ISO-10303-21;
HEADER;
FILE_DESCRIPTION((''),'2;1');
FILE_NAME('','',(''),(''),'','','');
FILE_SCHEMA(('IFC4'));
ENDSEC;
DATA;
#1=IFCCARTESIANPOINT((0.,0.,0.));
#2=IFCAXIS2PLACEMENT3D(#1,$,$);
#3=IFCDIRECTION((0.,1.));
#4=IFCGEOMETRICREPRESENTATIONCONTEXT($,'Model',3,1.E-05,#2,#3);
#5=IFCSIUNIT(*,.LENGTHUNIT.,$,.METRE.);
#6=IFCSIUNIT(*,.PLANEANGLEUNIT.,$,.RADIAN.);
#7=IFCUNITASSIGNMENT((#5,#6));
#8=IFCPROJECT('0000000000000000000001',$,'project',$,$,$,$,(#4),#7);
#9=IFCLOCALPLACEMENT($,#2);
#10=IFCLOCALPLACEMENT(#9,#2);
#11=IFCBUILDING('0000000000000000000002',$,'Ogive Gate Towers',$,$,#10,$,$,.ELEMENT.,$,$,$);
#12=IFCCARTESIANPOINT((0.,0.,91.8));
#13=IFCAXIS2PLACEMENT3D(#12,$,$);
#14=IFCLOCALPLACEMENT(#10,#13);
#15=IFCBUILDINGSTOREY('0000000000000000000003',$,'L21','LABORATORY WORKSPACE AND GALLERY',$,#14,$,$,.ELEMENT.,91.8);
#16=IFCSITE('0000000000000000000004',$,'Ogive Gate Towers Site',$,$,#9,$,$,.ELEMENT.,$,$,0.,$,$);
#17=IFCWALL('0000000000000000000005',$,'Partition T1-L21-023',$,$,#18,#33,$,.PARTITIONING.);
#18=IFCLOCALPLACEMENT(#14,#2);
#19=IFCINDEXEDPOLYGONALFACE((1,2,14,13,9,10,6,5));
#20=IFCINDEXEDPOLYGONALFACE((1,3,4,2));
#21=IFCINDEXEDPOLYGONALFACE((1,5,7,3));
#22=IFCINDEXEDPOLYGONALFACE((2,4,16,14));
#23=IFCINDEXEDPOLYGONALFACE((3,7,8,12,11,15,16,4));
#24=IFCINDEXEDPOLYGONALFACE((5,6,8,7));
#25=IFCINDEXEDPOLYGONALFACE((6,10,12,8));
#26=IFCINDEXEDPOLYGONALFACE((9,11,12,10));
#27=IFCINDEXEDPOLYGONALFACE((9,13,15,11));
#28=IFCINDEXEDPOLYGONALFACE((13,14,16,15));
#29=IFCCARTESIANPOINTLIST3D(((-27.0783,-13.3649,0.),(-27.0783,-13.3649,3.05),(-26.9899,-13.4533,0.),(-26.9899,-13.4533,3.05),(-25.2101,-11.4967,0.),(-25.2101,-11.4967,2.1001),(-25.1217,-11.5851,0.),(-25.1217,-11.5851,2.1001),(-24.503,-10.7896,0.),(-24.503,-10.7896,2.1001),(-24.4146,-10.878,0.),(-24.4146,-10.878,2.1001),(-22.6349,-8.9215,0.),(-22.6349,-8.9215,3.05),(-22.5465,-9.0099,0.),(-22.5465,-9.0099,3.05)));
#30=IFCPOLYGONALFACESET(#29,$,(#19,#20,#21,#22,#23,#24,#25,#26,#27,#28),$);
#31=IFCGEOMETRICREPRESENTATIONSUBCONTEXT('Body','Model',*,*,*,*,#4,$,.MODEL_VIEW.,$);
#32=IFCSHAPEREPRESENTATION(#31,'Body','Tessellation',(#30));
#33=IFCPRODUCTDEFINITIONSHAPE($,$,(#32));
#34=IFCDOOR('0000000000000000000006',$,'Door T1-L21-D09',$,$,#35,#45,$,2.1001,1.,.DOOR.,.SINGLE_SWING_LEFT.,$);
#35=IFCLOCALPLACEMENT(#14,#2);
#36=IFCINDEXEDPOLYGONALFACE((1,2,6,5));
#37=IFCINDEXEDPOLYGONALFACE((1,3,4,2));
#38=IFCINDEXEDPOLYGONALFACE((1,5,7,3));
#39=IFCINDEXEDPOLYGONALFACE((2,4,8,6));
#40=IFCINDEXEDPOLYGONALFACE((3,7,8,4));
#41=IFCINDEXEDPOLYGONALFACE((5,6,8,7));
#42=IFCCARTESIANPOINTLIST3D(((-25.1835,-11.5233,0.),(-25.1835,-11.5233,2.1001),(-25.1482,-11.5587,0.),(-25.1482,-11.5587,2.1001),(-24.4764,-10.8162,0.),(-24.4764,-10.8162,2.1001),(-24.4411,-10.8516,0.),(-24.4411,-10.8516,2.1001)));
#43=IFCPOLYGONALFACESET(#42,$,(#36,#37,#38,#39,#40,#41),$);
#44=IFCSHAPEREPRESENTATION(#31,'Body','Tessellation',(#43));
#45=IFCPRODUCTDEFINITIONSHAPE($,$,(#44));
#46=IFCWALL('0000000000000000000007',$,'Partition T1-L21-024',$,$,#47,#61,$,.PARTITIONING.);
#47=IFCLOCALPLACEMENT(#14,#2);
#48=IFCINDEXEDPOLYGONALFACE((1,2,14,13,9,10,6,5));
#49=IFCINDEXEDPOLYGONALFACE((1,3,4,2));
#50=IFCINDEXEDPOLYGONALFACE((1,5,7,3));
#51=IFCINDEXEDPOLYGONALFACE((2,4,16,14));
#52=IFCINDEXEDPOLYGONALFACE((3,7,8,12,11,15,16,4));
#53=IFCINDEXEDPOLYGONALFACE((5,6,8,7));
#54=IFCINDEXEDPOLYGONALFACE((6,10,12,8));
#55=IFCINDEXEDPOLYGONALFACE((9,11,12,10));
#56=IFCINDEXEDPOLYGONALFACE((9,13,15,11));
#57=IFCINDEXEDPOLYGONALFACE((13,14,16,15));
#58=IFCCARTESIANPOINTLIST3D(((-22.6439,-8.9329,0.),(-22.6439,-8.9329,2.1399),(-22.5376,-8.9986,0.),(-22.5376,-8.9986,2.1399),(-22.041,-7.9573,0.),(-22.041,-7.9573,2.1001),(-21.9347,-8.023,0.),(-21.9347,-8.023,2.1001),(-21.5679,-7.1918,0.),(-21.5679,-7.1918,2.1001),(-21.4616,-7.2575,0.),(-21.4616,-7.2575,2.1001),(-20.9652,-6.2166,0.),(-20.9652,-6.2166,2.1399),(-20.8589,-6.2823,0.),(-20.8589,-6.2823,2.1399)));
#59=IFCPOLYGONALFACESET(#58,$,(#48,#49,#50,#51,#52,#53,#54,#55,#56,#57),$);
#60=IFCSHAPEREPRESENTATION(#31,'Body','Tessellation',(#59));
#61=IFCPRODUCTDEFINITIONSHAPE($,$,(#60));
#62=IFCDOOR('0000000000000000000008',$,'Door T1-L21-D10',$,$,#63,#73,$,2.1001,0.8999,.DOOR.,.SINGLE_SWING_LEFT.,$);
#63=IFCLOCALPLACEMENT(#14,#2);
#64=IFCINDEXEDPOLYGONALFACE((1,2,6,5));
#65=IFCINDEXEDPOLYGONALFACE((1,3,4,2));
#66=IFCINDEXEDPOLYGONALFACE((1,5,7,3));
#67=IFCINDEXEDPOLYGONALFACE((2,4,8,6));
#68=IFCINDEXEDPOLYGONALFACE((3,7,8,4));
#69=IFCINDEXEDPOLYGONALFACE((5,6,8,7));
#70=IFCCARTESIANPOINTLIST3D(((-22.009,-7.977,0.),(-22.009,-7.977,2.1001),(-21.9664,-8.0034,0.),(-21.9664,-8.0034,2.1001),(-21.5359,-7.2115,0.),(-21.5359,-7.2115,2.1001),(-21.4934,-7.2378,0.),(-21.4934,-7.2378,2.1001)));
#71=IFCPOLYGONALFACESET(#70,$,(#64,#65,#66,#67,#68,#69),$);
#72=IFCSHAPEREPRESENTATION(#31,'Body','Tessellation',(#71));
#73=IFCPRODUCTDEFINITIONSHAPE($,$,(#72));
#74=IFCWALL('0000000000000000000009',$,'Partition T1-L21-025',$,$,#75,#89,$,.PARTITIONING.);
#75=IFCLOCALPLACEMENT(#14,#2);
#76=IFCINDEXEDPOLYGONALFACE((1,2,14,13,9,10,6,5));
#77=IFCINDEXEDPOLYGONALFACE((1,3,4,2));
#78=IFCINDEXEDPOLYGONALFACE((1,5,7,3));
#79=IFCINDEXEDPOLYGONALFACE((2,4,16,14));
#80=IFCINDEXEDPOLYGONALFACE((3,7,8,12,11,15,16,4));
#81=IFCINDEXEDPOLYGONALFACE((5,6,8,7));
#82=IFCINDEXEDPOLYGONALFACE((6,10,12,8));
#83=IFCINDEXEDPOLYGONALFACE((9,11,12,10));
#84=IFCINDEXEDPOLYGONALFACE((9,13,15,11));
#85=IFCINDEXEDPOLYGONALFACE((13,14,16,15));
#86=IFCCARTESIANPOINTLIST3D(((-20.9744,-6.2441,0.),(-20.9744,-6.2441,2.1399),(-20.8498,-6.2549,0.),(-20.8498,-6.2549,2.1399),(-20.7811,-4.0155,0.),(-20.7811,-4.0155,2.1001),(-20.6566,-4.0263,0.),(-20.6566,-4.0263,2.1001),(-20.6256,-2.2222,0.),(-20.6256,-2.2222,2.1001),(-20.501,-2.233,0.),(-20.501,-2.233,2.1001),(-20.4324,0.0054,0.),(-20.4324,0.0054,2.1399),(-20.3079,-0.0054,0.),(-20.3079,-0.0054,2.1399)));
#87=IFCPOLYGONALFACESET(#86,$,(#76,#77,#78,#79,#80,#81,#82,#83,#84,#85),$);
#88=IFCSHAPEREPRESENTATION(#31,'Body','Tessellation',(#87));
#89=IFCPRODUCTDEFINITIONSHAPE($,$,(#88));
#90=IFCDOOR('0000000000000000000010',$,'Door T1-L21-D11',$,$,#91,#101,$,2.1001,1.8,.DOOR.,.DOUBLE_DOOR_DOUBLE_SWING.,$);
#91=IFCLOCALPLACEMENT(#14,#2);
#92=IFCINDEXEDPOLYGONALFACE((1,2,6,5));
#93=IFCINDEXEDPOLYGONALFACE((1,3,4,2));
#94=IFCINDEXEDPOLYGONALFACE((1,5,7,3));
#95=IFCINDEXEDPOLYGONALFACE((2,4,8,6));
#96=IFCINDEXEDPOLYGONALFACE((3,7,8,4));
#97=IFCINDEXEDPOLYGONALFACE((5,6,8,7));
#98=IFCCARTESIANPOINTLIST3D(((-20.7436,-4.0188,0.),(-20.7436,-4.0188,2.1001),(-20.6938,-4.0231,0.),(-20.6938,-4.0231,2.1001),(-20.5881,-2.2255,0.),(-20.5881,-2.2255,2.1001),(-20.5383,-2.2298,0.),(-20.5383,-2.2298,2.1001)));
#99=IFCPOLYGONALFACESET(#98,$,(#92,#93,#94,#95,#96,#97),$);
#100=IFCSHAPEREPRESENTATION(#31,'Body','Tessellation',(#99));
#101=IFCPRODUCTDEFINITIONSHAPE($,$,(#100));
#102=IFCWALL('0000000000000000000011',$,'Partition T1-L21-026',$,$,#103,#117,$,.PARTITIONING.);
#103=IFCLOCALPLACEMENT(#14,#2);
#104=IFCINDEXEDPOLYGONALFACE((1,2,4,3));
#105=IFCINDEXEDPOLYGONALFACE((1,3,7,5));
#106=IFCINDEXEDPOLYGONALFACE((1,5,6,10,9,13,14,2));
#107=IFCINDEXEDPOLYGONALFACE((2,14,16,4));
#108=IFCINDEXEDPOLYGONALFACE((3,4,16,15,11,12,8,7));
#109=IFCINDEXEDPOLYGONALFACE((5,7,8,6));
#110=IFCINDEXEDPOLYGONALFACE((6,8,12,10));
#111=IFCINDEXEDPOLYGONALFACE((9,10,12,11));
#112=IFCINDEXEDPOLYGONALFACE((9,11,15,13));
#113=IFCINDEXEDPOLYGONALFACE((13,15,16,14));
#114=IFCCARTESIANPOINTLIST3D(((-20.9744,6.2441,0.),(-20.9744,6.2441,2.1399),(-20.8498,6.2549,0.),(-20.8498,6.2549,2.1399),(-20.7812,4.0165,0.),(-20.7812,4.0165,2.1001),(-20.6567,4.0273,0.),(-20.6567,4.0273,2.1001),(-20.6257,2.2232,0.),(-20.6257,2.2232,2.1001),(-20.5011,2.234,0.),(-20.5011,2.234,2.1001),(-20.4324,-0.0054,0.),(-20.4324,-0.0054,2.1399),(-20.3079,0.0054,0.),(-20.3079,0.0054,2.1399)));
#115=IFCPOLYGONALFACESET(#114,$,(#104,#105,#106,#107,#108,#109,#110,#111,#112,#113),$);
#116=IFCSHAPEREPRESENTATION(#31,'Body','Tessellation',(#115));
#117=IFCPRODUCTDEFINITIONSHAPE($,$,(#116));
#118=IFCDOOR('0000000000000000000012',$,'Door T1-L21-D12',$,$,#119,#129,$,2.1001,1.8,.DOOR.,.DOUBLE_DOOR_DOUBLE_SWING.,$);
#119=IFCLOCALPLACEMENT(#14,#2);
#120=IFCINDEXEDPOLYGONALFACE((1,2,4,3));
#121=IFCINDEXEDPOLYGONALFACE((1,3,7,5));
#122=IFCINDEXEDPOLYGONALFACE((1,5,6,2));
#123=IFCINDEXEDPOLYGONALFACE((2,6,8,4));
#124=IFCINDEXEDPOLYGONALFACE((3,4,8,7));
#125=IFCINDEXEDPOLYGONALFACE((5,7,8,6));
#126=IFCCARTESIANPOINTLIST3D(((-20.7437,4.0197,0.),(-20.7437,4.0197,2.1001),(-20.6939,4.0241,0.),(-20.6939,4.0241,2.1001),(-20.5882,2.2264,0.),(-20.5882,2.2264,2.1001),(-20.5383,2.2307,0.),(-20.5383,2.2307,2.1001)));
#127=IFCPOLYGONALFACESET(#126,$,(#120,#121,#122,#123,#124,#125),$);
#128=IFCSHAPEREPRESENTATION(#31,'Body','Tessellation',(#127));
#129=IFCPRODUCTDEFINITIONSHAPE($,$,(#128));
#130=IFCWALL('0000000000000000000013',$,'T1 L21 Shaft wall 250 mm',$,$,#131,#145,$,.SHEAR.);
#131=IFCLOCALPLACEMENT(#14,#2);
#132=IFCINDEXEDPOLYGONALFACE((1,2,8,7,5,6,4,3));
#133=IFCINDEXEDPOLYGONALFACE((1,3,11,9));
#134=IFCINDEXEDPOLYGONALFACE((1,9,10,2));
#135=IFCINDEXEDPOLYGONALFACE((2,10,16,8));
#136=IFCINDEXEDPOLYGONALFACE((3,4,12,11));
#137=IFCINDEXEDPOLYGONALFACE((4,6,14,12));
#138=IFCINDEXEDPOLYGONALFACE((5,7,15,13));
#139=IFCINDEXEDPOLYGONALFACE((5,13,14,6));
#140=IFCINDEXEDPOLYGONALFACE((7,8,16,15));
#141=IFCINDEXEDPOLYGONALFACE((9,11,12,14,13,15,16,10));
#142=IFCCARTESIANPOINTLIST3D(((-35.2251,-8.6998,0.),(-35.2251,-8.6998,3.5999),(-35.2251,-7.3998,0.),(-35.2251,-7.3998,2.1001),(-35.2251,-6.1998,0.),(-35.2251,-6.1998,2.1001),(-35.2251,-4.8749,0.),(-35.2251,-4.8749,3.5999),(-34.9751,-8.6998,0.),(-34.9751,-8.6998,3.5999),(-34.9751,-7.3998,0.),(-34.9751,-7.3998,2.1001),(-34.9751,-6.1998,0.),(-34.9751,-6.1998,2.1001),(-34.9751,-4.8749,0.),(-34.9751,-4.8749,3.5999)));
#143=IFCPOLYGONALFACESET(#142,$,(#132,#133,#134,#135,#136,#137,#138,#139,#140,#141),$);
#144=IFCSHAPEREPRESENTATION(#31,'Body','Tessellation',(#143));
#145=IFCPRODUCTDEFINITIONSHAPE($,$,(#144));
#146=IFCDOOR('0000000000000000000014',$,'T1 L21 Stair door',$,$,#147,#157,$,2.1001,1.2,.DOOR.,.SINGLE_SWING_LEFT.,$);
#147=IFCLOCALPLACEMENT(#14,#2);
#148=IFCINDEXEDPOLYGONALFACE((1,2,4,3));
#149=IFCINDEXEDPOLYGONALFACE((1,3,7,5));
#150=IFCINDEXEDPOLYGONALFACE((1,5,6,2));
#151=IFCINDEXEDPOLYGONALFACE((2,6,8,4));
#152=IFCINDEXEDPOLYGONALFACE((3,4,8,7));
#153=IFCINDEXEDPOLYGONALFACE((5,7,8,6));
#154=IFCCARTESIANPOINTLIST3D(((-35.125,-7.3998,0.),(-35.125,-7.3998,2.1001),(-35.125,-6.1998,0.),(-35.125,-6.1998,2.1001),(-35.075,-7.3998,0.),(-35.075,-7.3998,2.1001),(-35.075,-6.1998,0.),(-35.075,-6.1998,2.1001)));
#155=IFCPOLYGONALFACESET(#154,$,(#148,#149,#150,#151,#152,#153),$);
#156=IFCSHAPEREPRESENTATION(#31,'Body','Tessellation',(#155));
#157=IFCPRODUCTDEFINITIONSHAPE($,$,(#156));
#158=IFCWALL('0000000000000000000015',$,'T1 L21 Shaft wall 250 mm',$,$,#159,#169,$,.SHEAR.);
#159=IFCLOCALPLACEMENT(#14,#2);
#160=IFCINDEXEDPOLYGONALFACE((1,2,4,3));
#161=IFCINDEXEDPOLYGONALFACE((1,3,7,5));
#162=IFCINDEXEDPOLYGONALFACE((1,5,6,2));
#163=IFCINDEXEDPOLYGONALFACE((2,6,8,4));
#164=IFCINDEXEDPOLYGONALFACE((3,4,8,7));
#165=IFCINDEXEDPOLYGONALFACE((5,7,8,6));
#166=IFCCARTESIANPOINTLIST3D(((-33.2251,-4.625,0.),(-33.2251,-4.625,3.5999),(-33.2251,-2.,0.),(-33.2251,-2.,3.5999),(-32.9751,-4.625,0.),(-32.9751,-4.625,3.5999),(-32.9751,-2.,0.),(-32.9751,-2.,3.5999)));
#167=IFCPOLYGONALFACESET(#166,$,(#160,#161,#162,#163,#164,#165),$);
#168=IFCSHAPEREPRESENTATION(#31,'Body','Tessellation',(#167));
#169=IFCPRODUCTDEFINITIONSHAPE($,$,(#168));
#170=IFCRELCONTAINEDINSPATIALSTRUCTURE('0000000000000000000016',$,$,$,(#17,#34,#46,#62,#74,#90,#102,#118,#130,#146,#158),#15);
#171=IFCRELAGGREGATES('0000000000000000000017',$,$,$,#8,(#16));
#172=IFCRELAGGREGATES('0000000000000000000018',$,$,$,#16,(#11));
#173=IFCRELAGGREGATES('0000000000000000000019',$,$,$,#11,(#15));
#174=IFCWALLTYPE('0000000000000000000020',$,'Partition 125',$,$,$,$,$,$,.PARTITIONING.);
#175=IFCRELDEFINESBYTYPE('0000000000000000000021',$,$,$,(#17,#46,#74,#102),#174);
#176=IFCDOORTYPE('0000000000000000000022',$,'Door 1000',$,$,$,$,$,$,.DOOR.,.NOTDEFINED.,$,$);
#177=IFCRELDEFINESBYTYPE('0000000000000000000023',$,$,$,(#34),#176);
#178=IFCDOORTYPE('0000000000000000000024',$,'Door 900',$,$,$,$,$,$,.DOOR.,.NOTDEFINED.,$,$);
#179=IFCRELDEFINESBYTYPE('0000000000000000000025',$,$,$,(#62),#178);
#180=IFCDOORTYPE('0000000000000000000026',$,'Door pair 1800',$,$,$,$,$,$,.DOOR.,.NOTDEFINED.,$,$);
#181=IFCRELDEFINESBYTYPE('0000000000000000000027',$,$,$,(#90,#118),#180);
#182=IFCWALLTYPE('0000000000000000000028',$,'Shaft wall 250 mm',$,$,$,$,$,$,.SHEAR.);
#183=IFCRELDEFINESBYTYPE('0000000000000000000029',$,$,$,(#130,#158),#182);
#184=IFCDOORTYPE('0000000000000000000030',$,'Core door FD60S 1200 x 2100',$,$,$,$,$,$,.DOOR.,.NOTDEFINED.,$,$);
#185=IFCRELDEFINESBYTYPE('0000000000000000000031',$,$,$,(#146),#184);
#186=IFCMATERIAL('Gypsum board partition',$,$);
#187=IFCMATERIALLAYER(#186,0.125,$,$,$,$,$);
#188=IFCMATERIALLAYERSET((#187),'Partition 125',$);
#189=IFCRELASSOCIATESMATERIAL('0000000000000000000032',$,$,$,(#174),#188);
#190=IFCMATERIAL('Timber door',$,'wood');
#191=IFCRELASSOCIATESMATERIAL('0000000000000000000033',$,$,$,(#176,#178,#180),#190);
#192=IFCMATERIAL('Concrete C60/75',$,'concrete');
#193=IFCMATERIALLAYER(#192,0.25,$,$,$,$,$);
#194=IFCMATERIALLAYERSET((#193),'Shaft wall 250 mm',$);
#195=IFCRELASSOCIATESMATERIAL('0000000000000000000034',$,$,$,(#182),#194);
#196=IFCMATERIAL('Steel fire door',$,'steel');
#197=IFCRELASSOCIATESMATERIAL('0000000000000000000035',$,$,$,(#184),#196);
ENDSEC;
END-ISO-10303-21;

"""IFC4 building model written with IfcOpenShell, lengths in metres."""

from ifc_helpers import new_model, si_unit, direction, frame, frame_2d, origin, place, context, subcontext, project, spatial, rectangle, extrude, material, layer, layer_set, type_object, element, fill, save


model = new_model("IFC4")

# Units and contexts
model_context = context("Model", 3, precision=1e-05, world=origin(), true_north=direction((0.0, 1.0)))
body_context = subcontext(model_context, "Body", "Model", "MODEL_VIEW")
ifc_project = project(units=[si_unit("LENGTHUNIT", "METRE"), si_unit("PLANEANGLEUNIT", "RADIAN")], contexts=[model_context])

# Site, building, storey
site_placement = place(None, origin())
site = spatial("IfcSite", under=ifc_project, at=site_placement, Name="Ogive Gate Towers Site", CompositionType="ELEMENT", RefElevation=0.0)
building_placement = place(site_placement, origin())
building = spatial("IfcBuilding", under=site, at=building_placement, Name="Ogive Gate Towers", CompositionType="ELEMENT")
storey_placement = place(building_placement, frame((0.0, 0.0, 91.8)))
storey = spatial("IfcBuildingStorey", under=building, at=storey_placement, Name="L21", Description="LABORATORY WORKSPACE AND GALLERY", CompositionType="ELEMENT", Elevation=91.8)

# Shared definitions
ifc_material_1 = material(Name="Concrete C60/75", Category="concrete")
ifc_material_2 = material(Name="Steel fire door", Category="steel")

# Shared definitions
ifc_material_3 = material(Name="Gypsum board partition")
ifc_layer_1 = layer(ifc_material_3, 0.125)
ifc_layer_set_1 = layer_set([ifc_layer_1], Name="Partition 125")
wall_type_1 = type_object("IfcWallType", Name="Partition 125", PredefinedType="PARTITIONING", material=ifc_layer_set_1)

# Walls, openings, doors
wall_1_placement = place(storey_placement, frame((-27.0342, -13.4092, 0.0), z_axis=(0.0, 0.0, 1.0), x_axis=(0.707107, 0.707107, 0.0)))
wall_1 = element("IfcWall", 1, at=wall_1_placement, inside=storey, type_object=wall_type_1, Name="Partition T1-L21-023", PredefinedType="PARTITIONING", context=body_context, shape_type="SweptSolid", body=[
    extrude(rectangle(XDim=6.2839, YDim=0.125, at=frame_2d((3.1421, 0.0))), origin(), (0.0, 0.0, 1.0), 3.05),
])
opening_1_placement = place(wall_1_placement, frame((2.6421, 0.0, 0.0)))
opening_1 = element("IfcOpeningElement", 2, at=opening_1_placement, cuts=wall_1, PredefinedType="OPENING", context=body_context, shape_type="SweptSolid", body=[
    extrude(rectangle(XDim=1.0, YDim=2.1001, at=frame_2d((0.5, 1.05))), frame((0.0, 0.0725, 0.0), z_axis=(0.0, -1.0, 0.0), x_axis=(1.0, 0.0, 0.0)), (0.0, 0.0, 1.0), 0.145),
])
ifc_material_4 = material(Name="Timber door", Category="wood")
door_type_1 = type_object("IfcDoorType", Name="Door 1000", OperationType="NOTDEFINED", PredefinedType="DOOR", material=ifc_material_4)
door_1_placement = place(opening_1_placement, origin())
door_1 = element("IfcDoor", 3, at=door_1_placement, inside=storey, type_object=door_type_1, Name="Door T1-L21-D09", OperationType="SINGLE_SWING_LEFT", OverallHeight=2.1001, OverallWidth=1.0, PredefinedType="DOOR", context=body_context, shape_type="SweptSolid", body=[
    extrude(rectangle(XDim=1.0, YDim=2.1001, at=frame_2d((0.5, 1.05))), frame((0.0, 0.0249, 0.0), z_axis=(0.0, -1.0, 0.0), x_axis=(1.0, 0.0, 0.0)), (0.0, 0.0, 1.0), 0.05),
])
fill(opening_1, door_1)
wall_2_placement = place(storey_placement, frame((-22.5908, -8.9658, 0.0), z_axis=(0.0, 0.0, 1.0), x_axis=(0.525717, 0.850659, 0.0)))
wall_2 = element("IfcWall", 4, at=wall_2_placement, inside=storey, type_object=wall_type_1, Name="Partition T1-L21-024", PredefinedType="PARTITIONING", context=body_context, shape_type="SweptSolid", body=[
    extrude(rectangle(XDim=3.1931, YDim=0.125, at=frame_2d((1.5967, 0.0))), origin(), (0.0, 0.0, 1.0), 2.1399),
])
opening_2_placement = place(wall_2_placement, frame((1.147, 0.0, 0.0)))
opening_2 = element("IfcOpeningElement", 5, at=opening_2_placement, cuts=wall_2, PredefinedType="OPENING", context=body_context, shape_type="SweptSolid", body=[
    extrude(rectangle(XDim=0.8999, YDim=2.1001, at=frame_2d((0.45, 1.05))), frame((0.0, 0.0725, 0.0), z_axis=(0.0, -1.0, 0.0), x_axis=(1.0, 0.0, 0.0)), (0.0, 0.0, 1.0), 0.145),
])
door_type_2 = type_object("IfcDoorType", Name="Door 900", OperationType="NOTDEFINED", PredefinedType="DOOR", material=ifc_material_4)
door_2_placement = place(opening_2_placement, origin())
door_2 = element("IfcDoor", 6, at=door_2_placement, inside=storey, type_object=door_type_2, Name="Door T1-L21-D10", OperationType="SINGLE_SWING_LEFT", OverallHeight=2.1001, OverallWidth=0.8999, PredefinedType="DOOR", context=body_context, shape_type="SweptSolid", body=[
    extrude(rectangle(XDim=0.8999, YDim=2.1001, at=frame_2d((0.45, 1.05))), frame((0.0, 0.0249, 0.0), z_axis=(0.0, -1.0, 0.0), x_axis=(1.0, 0.0, 0.0)), (0.0, 0.0, 1.0), 0.05),
])
fill(opening_2, door_2)
wall_3_placement = place(storey_placement, frame((-20.9121, -6.2495, 0.0), z_axis=(0.0, 0.0, 1.0), x_axis=(0.086401, 0.99626, 0.0)))
wall_3 = element("IfcWall", 7, at=wall_3_placement, inside=storey, type_object=wall_type_1, Name="Partition T1-L21-025", PredefinedType="PARTITIONING", context=body_context, shape_type="SweptSolid", body=[
    extrude(rectangle(XDim=6.2729, YDim=0.125, at=frame_2d((3.1365, 0.0))), origin(), (0.0, 0.0, 1.0), 2.1399),
])
opening_3_placement = place(wall_3_placement, frame((2.2371, 0.0, 0.0)))
opening_3 = element("IfcOpeningElement", 8, at=opening_3_placement, cuts=wall_3, PredefinedType="OPENING", context=body_context, shape_type="SweptSolid", body=[
    extrude(rectangle(XDim=1.8, YDim=2.1001, at=frame_2d((0.8999, 1.05))), frame((0.0, 0.0725, 0.0), z_axis=(0.0, -1.0, 0.0), x_axis=(1.0, 0.0, 0.0)), (0.0, 0.0, 1.0), 0.145),
])
door_type_3 = type_object("IfcDoorType", Name="Door pair 1800", OperationType="NOTDEFINED", PredefinedType="DOOR", material=ifc_material_4)
door_3_placement = place(opening_3_placement, origin())
door_3 = element("IfcDoor", 9, at=door_3_placement, inside=storey, type_object=door_type_3, Name="Door T1-L21-D11", OperationType="DOUBLE_DOOR_DOUBLE_SWING", OverallHeight=2.1001, OverallWidth=1.8, PredefinedType="DOOR", context=body_context, shape_type="SweptSolid", body=[
    extrude(rectangle(XDim=1.8, YDim=2.1001, at=frame_2d((0.8999, 1.05))), frame((0.0, 0.0249, 0.0), z_axis=(0.0, -1.0, 0.0), x_axis=(1.0, 0.0, 0.0)), (0.0, 0.0, 1.0), 0.05),
])
fill(opening_3, door_3)
wall_4_placement = place(storey_placement, frame((-20.3701, 0.0, 0.0), z_axis=(0.0, 0.0, 1.0), x_axis=(-0.086401, 0.99626, 0.0)))
wall_4 = element("IfcWall", 10, at=wall_4_placement, inside=storey, type_object=wall_type_1, Name="Partition T1-L21-026", PredefinedType="PARTITIONING", context=body_context, shape_type="SweptSolid", body=[
    extrude(rectangle(XDim=6.2729, YDim=0.125, at=frame_2d((3.1365, 0.0))), origin(), (0.0, 0.0, 1.0), 2.1399),
])
opening_4_placement = place(wall_4_placement, frame((2.2371, 0.0, 0.0)))
opening_4 = element("IfcOpeningElement", 11, at=opening_4_placement, cuts=wall_4, PredefinedType="OPENING", context=body_context, shape_type="SweptSolid", body=[
    extrude(rectangle(XDim=1.8, YDim=2.1001, at=frame_2d((0.8999, 1.05))), frame((0.0, 0.0725, 0.0), z_axis=(0.0, -1.0, 0.0), x_axis=(1.0, 0.0, 0.0)), (0.0, 0.0, 1.0), 0.145),
])
door_4_placement = place(opening_4_placement, origin())
door_4 = element("IfcDoor", 12, at=door_4_placement, inside=storey, type_object=door_type_3, Name="Door T1-L21-D12", OperationType="DOUBLE_DOOR_DOUBLE_SWING", OverallHeight=2.1001, OverallWidth=1.8, PredefinedType="DOOR", context=body_context, shape_type="SweptSolid", body=[
    extrude(rectangle(XDim=1.8, YDim=2.1001, at=frame_2d((0.8999, 1.05))), frame((0.0, 0.0249, 0.0), z_axis=(0.0, -1.0, 0.0), x_axis=(1.0, 0.0, 0.0)), (0.0, 0.0, 1.0), 0.05),
])
fill(opening_4, door_4)
ifc_layer_2 = layer(ifc_material_1, 0.25)
ifc_layer_set_2 = layer_set([ifc_layer_2], Name="Shaft wall 250 mm")
wall_type_2 = type_object("IfcWallType", Name="Shaft wall 250 mm", PredefinedType="SHEAR", material=ifc_layer_set_2)
wall_5_placement = place(storey_placement, frame((-35.1001, -8.7, 0.0), z_axis=(0.0, 0.0, 1.0), x_axis=(0.0, 1.0, 0.0)))
wall_5 = element("IfcWall", 13, at=wall_5_placement, inside=storey, type_object=wall_type_2, Name="T1 L21 Shaft wall 250 mm", PredefinedType="SHEAR", context=body_context, shape_type="SweptSolid", body=[
    extrude(rectangle(XDim=3.825, YDim=0.25, at=frame_2d((1.9126, 0.0))), origin(), (0.0, 0.0, 1.0), 3.5999),
])
opening_5_placement = place(wall_5_placement, frame((1.3, 0.0, 0.0)))
opening_5 = element("IfcOpeningElement", 14, at=opening_5_placement, cuts=wall_5, PredefinedType="OPENING", context=body_context, shape_type="SweptSolid", body=[
    extrude(rectangle(XDim=1.2, YDim=2.1001, at=frame_2d((0.6001, 1.05))), frame((0.0, 0.135, 0.0), z_axis=(0.0, -1.0, 0.0), x_axis=(1.0, 0.0, 0.0)), (0.0, 0.0, 1.0), 0.27),
])
door_type_4 = type_object("IfcDoorType", Name="Core door FD60S 1200 x 2100", OperationType="NOTDEFINED", PredefinedType="DOOR", material=ifc_material_2)
door_5_placement = place(opening_5_placement, origin())
door_5 = element("IfcDoor", 15, at=door_5_placement, inside=storey, type_object=door_type_4, Name="T1 L21 Stair door", OperationType="SINGLE_SWING_LEFT", OverallHeight=2.1001, OverallWidth=1.2, PredefinedType="DOOR", context=body_context, shape_type="SweptSolid", body=[
    extrude(rectangle(XDim=1.2, YDim=2.1001, at=frame_2d((0.6001, 1.05))), frame((0.0, 0.0249, 0.0), z_axis=(0.0, -1.0, 0.0), x_axis=(1.0, 0.0, 0.0)), (0.0, 0.0, 1.0), 0.05),
])
fill(opening_5, door_5)

# Wall
for number, where, z_axis, x_axis, name in (
    (16, (-33.1001, -4.625, 0.0), (0.0, 0.0, 1.0), (0.0, 1.0, 0.0), "T1 L21 Shaft wall 250 mm"),
):
    element("IfcWall", number, at=place(storey_placement, frame(where, z_axis=z_axis, x_axis=x_axis)), inside=storey, type_object=wall_type_2, Name=name, PredefinedType="SHEAR", context=body_context, shape_type="SweptSolid", body=[
        extrude(rectangle(XDim=2.625, YDim=0.25, at=frame_2d((1.3125, 0.0))), origin(), (0.0, 0.0, 1.0), 3.5999),
    ])

save(model, "model.ifc")
